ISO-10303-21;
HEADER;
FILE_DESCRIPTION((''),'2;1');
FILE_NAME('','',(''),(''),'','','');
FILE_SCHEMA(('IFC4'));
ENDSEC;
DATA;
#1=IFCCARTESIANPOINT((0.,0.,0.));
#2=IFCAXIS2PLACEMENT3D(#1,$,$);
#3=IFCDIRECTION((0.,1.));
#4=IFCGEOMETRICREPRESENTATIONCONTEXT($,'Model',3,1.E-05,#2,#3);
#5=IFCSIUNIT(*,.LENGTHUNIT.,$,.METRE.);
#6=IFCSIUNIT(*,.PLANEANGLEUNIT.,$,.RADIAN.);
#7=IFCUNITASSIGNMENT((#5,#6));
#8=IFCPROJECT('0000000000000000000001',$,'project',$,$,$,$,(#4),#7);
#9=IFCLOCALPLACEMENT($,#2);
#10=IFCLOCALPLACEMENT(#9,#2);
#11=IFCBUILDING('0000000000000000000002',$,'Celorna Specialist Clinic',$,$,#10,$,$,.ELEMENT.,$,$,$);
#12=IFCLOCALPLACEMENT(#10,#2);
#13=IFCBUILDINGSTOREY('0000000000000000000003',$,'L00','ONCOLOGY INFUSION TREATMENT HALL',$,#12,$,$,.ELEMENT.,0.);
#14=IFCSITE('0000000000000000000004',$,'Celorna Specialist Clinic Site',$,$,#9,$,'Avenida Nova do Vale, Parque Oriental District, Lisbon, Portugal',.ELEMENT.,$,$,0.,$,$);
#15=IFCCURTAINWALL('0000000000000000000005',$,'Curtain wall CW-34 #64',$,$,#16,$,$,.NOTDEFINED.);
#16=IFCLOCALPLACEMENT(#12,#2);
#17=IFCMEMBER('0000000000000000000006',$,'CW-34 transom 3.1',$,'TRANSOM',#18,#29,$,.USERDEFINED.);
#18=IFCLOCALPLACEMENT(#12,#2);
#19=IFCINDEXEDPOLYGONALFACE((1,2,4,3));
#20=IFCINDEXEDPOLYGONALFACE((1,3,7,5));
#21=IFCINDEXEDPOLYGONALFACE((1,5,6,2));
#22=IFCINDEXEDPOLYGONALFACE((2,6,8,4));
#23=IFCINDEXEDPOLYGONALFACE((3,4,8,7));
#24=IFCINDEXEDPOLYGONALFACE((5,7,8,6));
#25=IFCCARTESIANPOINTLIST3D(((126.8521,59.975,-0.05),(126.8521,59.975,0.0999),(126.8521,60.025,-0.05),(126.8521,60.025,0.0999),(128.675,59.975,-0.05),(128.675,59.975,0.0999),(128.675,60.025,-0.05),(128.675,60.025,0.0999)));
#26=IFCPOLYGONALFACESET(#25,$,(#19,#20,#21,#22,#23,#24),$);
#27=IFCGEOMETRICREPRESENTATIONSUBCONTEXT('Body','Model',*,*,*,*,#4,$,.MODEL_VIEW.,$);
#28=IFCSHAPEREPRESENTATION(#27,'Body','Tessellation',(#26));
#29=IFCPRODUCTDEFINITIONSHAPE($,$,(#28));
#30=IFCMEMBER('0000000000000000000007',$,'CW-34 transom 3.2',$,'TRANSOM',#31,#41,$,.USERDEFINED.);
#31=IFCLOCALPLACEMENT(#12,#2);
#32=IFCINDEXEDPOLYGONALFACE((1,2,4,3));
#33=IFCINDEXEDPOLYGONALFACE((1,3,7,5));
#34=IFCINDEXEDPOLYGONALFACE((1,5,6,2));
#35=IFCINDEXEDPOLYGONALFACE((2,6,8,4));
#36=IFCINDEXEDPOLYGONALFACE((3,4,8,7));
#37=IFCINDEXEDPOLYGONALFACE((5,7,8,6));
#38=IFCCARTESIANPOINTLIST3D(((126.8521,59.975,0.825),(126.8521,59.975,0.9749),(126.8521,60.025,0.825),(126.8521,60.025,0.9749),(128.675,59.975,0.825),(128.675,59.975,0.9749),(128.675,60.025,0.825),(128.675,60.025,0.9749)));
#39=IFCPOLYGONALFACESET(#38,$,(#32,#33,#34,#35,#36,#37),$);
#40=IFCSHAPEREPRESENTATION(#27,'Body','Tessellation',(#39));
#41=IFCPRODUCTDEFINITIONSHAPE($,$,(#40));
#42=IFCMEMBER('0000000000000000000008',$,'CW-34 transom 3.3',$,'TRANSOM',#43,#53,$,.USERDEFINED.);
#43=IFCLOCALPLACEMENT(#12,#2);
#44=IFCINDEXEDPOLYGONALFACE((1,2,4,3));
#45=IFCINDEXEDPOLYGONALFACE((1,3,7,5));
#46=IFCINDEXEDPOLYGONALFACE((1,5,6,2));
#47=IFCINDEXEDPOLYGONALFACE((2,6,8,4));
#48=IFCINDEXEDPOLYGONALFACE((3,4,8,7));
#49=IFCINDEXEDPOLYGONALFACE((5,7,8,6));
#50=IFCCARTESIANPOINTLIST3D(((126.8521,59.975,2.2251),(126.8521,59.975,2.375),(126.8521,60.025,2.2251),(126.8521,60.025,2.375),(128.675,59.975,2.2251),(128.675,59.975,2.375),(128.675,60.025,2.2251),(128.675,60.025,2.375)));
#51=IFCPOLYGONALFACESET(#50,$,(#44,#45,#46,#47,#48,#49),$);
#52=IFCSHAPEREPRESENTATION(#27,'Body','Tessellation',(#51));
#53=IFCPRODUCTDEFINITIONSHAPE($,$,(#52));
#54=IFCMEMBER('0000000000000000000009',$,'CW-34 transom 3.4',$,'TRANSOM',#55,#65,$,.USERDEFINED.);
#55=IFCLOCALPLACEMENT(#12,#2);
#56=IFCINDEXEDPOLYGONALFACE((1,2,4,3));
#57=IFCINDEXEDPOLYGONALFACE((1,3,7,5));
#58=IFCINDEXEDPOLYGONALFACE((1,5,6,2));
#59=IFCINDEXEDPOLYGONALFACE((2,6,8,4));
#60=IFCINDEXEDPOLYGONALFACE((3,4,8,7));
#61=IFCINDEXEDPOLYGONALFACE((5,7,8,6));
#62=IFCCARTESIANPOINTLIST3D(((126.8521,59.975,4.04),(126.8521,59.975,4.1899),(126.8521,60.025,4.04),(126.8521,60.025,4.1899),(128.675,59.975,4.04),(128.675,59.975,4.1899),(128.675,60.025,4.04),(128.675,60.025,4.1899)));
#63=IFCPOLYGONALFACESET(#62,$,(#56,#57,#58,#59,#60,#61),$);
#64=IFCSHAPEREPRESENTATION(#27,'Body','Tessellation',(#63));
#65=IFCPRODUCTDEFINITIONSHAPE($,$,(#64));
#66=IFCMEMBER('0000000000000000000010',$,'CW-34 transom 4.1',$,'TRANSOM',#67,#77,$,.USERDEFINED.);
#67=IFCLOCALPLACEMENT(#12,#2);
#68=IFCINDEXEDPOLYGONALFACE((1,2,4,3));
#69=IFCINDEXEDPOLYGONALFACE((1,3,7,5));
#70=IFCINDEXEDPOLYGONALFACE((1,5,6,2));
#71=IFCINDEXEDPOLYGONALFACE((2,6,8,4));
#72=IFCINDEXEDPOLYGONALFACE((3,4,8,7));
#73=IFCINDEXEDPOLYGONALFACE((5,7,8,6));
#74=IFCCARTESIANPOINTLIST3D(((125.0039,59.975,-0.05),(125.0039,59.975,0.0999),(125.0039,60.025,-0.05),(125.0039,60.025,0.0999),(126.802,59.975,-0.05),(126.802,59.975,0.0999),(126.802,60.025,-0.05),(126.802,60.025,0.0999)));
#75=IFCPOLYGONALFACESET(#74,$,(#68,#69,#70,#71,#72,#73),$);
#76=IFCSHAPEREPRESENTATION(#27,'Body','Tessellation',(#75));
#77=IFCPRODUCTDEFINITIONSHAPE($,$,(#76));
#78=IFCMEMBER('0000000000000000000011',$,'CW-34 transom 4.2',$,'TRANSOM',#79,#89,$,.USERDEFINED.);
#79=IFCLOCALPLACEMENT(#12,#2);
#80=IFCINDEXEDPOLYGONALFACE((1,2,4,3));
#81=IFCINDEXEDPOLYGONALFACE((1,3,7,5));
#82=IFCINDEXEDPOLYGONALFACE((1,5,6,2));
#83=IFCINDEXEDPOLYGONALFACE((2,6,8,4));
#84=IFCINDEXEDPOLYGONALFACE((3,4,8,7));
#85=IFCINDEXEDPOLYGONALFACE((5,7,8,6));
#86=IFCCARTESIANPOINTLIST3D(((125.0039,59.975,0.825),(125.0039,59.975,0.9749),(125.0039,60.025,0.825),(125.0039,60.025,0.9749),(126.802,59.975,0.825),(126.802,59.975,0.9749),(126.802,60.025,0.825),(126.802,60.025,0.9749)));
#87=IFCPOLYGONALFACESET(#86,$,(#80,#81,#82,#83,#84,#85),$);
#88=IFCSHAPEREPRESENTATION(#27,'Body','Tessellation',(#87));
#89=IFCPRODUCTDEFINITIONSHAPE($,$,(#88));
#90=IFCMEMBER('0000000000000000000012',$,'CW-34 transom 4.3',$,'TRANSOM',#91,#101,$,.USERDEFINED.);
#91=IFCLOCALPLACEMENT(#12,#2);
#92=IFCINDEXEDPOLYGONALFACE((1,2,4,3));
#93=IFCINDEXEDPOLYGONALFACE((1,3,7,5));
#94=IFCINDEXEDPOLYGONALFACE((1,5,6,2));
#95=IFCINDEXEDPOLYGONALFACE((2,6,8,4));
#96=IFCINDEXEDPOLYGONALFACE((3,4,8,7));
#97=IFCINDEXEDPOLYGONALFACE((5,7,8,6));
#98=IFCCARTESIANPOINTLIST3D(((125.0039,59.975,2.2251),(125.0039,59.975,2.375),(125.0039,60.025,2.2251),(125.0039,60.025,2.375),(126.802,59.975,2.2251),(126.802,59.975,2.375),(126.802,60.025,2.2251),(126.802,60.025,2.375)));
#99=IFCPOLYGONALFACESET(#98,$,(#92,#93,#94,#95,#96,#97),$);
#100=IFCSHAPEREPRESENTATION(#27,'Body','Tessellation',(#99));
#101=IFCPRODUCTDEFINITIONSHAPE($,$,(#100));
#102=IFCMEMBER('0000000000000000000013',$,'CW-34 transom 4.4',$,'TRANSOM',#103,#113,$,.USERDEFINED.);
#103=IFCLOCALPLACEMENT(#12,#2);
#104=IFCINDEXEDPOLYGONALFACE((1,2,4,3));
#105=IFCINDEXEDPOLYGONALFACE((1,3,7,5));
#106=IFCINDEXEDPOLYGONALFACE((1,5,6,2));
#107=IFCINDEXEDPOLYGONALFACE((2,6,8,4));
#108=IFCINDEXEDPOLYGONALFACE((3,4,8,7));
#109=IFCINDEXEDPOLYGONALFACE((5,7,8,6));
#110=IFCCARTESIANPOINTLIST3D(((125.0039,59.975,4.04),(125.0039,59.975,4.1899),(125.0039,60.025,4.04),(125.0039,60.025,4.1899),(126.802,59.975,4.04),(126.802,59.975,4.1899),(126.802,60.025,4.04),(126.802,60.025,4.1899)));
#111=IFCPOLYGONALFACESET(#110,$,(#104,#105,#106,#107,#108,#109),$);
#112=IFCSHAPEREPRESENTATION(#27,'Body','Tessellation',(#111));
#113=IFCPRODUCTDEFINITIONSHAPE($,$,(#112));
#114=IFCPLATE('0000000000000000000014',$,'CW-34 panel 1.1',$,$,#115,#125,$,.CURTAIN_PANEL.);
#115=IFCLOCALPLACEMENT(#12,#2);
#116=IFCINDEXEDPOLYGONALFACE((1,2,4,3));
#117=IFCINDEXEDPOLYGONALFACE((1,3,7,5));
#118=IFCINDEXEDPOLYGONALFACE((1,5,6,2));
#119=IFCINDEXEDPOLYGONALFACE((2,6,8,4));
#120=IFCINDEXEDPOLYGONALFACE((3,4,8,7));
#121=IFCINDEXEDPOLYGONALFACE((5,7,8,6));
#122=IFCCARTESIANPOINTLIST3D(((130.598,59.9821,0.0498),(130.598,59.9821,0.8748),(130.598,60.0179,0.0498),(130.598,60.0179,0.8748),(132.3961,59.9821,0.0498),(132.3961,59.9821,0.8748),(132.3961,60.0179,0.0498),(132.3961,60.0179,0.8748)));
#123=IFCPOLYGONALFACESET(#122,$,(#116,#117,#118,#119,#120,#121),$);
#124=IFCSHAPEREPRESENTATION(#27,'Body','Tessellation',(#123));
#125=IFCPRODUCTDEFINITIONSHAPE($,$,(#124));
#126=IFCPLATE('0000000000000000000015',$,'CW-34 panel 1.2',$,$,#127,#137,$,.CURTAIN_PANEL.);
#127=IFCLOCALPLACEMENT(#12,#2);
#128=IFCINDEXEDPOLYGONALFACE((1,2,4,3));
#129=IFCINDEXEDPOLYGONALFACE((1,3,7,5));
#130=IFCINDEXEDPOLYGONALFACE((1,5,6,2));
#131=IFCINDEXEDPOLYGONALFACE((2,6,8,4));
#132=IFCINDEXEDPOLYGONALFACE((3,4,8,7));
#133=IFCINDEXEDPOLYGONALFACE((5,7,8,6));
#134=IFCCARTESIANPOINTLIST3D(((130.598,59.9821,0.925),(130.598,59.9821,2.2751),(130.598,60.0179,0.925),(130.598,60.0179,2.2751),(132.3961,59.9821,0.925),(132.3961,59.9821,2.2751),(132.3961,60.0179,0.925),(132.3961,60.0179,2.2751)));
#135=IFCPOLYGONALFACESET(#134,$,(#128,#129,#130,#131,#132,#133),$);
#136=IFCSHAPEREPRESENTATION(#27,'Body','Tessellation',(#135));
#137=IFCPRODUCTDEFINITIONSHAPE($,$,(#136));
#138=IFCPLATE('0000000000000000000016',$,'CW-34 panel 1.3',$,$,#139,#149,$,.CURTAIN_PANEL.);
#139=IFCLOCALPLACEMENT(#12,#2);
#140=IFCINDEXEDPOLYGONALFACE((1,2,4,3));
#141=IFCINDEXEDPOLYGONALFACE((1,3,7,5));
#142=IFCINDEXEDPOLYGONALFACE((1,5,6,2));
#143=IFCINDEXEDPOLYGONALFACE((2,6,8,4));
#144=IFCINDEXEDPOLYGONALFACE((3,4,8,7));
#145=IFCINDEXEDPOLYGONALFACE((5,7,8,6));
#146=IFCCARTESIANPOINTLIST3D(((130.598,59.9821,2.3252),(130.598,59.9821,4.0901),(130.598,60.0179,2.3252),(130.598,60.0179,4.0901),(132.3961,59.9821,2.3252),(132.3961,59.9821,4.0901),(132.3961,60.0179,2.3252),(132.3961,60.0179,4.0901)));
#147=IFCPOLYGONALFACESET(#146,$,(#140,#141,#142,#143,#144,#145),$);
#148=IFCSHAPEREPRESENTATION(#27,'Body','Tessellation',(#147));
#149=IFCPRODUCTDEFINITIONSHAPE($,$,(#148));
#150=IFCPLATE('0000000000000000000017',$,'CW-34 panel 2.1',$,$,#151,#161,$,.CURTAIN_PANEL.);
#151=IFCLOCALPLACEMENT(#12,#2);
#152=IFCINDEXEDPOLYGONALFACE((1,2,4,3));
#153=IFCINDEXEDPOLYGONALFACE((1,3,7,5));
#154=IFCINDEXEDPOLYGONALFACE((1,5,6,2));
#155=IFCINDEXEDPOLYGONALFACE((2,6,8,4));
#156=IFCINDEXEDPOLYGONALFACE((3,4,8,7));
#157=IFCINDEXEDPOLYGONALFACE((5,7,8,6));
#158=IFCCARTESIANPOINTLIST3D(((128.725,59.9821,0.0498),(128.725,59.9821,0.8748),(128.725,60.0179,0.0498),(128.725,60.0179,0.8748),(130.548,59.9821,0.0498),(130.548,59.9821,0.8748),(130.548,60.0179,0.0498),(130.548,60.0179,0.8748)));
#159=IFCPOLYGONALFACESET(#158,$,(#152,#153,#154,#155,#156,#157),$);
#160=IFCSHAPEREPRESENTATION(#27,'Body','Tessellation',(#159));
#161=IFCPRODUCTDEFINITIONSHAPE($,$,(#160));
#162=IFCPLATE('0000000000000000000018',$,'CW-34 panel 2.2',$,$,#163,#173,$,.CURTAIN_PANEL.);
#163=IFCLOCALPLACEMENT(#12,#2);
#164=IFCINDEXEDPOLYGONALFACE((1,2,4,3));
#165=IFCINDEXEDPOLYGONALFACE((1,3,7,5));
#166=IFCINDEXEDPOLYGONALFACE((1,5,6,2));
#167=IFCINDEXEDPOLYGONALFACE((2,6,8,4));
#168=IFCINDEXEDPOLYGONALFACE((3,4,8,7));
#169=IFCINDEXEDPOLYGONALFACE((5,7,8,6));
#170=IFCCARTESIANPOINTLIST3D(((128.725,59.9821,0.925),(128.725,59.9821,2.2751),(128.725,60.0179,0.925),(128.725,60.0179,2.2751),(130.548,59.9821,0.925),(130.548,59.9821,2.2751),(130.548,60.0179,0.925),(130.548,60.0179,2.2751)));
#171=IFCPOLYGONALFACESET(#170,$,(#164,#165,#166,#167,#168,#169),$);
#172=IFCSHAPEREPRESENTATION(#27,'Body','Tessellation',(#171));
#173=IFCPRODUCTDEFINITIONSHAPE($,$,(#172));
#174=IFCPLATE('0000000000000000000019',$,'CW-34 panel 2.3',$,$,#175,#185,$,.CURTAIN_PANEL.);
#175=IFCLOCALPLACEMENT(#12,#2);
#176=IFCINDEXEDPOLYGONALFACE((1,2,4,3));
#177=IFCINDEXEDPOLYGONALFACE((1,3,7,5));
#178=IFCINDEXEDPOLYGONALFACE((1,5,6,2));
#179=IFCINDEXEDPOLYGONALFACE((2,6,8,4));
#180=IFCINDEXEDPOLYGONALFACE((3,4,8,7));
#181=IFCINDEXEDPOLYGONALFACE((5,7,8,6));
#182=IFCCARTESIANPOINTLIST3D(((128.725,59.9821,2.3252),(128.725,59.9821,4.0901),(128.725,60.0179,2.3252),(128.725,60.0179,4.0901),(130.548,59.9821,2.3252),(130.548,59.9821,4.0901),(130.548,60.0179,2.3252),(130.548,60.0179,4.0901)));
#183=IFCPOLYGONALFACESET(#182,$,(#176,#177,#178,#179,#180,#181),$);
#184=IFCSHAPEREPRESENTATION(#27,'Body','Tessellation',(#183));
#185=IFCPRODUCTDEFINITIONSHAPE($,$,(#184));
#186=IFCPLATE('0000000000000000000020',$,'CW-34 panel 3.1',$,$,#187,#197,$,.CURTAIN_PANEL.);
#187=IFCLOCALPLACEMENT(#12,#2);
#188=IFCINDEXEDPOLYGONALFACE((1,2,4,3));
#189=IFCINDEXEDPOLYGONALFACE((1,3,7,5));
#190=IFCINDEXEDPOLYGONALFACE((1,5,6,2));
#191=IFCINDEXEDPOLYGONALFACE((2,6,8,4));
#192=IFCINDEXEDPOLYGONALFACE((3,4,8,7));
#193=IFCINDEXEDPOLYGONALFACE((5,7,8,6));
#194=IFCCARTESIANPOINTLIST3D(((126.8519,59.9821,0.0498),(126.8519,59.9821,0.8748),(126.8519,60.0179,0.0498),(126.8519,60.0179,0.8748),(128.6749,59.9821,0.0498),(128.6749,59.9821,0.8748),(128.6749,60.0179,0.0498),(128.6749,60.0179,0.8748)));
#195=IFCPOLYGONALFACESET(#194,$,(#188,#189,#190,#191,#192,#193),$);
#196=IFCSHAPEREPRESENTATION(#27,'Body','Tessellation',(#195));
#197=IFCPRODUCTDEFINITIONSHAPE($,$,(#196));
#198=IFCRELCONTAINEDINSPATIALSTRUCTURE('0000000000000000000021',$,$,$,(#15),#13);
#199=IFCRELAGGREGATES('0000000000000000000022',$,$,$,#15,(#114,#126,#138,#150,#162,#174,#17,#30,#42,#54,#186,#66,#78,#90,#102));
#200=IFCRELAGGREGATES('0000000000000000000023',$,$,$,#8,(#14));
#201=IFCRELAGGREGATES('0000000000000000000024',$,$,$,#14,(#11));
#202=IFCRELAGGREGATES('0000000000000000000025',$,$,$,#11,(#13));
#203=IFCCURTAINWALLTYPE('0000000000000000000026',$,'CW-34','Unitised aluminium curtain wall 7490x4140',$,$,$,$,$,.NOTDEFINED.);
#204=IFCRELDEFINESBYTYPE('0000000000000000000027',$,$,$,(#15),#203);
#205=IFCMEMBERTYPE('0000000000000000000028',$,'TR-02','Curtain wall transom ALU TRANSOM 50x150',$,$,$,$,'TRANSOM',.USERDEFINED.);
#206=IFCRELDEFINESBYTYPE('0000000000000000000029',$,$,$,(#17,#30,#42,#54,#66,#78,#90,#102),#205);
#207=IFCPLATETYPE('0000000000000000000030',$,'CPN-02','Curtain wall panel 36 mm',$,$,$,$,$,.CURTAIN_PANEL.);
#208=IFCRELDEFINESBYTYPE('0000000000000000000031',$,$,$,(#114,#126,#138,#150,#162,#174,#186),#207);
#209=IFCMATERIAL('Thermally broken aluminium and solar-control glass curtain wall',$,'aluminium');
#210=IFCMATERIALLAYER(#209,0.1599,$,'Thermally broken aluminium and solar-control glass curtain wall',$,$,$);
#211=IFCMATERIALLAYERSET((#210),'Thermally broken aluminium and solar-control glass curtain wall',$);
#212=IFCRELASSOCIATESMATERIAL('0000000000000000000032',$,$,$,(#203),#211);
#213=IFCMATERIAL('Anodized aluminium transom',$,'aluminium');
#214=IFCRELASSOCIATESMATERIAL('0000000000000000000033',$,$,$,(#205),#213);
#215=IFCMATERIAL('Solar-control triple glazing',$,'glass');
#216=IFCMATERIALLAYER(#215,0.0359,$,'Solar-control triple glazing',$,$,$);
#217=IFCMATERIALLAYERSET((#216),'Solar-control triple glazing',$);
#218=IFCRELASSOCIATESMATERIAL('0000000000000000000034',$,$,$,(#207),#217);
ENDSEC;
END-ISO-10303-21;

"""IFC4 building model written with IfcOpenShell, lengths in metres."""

from ifc_helpers import new_model, si_unit, direction, frame, origin, origin_2d, place, context, subcontext, project, spatial, rectangle, extrude, material, layer, layer_set, material_profile, profile_set, type_object, element, aggregate, save


model = new_model("IFC4")

# Units and contexts
model_context = context("Model", 3, precision=1e-05, world=origin(), true_north=direction((0.0, 1.0)))
body_context = subcontext(model_context, "Body", "Model", "MODEL_VIEW")
ifc_project = project(units=[si_unit("LENGTHUNIT", "METRE"), si_unit("PLANEANGLEUNIT", "RADIAN")], contexts=[model_context])

# Site, building, storey
site_placement = place(None, origin())
site = spatial("IfcSite", under=ifc_project, at=site_placement, Name="Celorna Specialist Clinic Site", LongName="Avenida Nova do Vale, Parque Oriental District, Lisbon, Portugal", CompositionType="ELEMENT", RefElevation=0.0)
building_placement = place(site_placement, origin())
building = spatial("IfcBuilding", under=site, at=building_placement, Name="Celorna Specialist Clinic", CompositionType="ELEMENT")
storey_placement = place(building_placement, origin())
storey = spatial("IfcBuildingStorey", under=building, at=storey_placement, Name="L00", Description="ONCOLOGY INFUSION TREATMENT HALL", CompositionType="ELEMENT", Elevation=0.0)

# Curtain wall, members, plates
ifc_material_1 = material(Name="Thermally broken aluminium and solar-control glass curtain wall", Category="aluminium")
ifc_layer_1 = layer(ifc_material_1, 0.1599, Name="Thermally broken aluminium and solar-control glass curtain wall")
ifc_layer_set_1 = layer_set([ifc_layer_1], Name="Thermally broken aluminium and solar-control glass curtain wall")
curtain_wall_type = type_object("IfcCurtainWallType", Name="CW-34", Description="Unitised aluminium curtain wall 7490x4140", PredefinedType="NOTDEFINED", material=ifc_layer_set_1)
curtain_wall_placement = place(storey_placement, origin())
curtain_wall = element("IfcCurtainWall", 1, at=curtain_wall_placement, inside=storey, type_object=curtain_wall_type, Name="Curtain wall CW-34 #64", PredefinedType="NOTDEFINED")
ifc_material_2 = material(Name="Anodized aluminium transom", Category="aluminium")
ifc_material_profile_1 = material_profile(ifc_material_2, rectangle(XDim=0.05, YDim=0.1499, at=origin_2d()), Name="ALU TRANSOM 50x150")
ifc_profile_set_1 = profile_set([ifc_material_profile_1], Name="Anodized aluminium transom")
member_type_1 = type_object("IfcMemberType", Name="TR-02", Description="Curtain wall transom ALU TRANSOM 50x150", ElementType="TRANSOM", PredefinedType="USERDEFINED", material=ifc_profile_set_1)
member_1_placement = place(storey_placement, frame((128.675, 60.0, 0.0249), z_axis=(-1.0, 0.0, 0.0), x_axis=(0.0, -1.0, 0.0)))
member_1 = element("IfcMember", 2, at=member_1_placement, type_object=member_type_1, Name="CW-34 transom 3.1", ObjectType="TRANSOM", PredefinedType="USERDEFINED", context=body_context, shape_type="SweptSolid", body=[
    extrude(rectangle(XDim=0.05, YDim=0.1499, at=origin_2d()), origin(), (0.0, 0.0, 1.0), 1.823),
])
member_2_placement = place(storey_placement, frame((128.675, 60.0, 0.8999), z_axis=(-1.0, 0.0, 0.0), x_axis=(0.0, -1.0, 0.0)))
member_2 = element("IfcMember", 3, at=member_2_placement, type_object=member_type_1, Name="CW-34 transom 3.2", ObjectType="TRANSOM", PredefinedType="USERDEFINED", context=body_context, shape_type="SweptSolid", body=[
    extrude(rectangle(XDim=0.05, YDim=0.1499, at=origin_2d()), origin(), (0.0, 0.0, 1.0), 1.823),
])
member_3_placement = place(storey_placement, frame((128.675, 60.0, 2.3), z_axis=(-1.0, 0.0, 0.0), x_axis=(0.0, -1.0, 0.0)))
member_3 = element("IfcMember", 4, at=member_3_placement, type_object=member_type_1, Name="CW-34 transom 3.3", ObjectType="TRANSOM", PredefinedType="USERDEFINED", context=body_context, shape_type="SweptSolid", body=[
    extrude(rectangle(XDim=0.05, YDim=0.1499, at=origin_2d()), origin(), (0.0, 0.0, 1.0), 1.823),
])
member_4_placement = place(storey_placement, frame((128.675, 60.0, 4.115), z_axis=(-1.0, 0.0, 0.0), x_axis=(0.0, -1.0, 0.0)))
member_4 = element("IfcMember", 5, at=member_4_placement, type_object=member_type_1, Name="CW-34 transom 3.4", ObjectType="TRANSOM", PredefinedType="USERDEFINED", context=body_context, shape_type="SweptSolid", body=[
    extrude(rectangle(XDim=0.05, YDim=0.1499, at=origin_2d()), origin(), (0.0, 0.0, 1.0), 1.823),
])
member_5_placement = place(storey_placement, frame((126.802, 60.0, 0.0249), z_axis=(-1.0, 0.0, 0.0), x_axis=(0.0, -1.0, 0.0)))
member_5 = element("IfcMember", 6, at=member_5_placement, type_object=member_type_1, Name="CW-34 transom 4.1", ObjectType="TRANSOM", PredefinedType="USERDEFINED", context=body_context, shape_type="SweptSolid", body=[
    extrude(rectangle(XDim=0.05, YDim=0.1499, at=origin_2d()), origin(), (0.0, 0.0, 1.0), 1.7981),
])
member_6_placement = place(storey_placement, frame((126.802, 60.0, 0.8999), z_axis=(-1.0, 0.0, 0.0), x_axis=(0.0, -1.0, 0.0)))
member_6 = element("IfcMember", 7, at=member_6_placement, type_object=member_type_1, Name="CW-34 transom 4.2", ObjectType="TRANSOM", PredefinedType="USERDEFINED", context=body_context, shape_type="SweptSolid", body=[
    extrude(rectangle(XDim=0.05, YDim=0.1499, at=origin_2d()), origin(), (0.0, 0.0, 1.0), 1.7981),
])
member_7_placement = place(storey_placement, frame((126.802, 60.0, 2.3), z_axis=(-1.0, 0.0, 0.0), x_axis=(0.0, -1.0, 0.0)))
member_7 = element("IfcMember", 8, at=member_7_placement, type_object=member_type_1, Name="CW-34 transom 4.3", ObjectType="TRANSOM", PredefinedType="USERDEFINED", context=body_context, shape_type="SweptSolid", body=[
    extrude(rectangle(XDim=0.05, YDim=0.1499, at=origin_2d()), origin(), (0.0, 0.0, 1.0), 1.7981),
])
member_8_placement = place(storey_placement, frame((126.802, 60.0, 4.115), z_axis=(-1.0, 0.0, 0.0), x_axis=(0.0, -1.0, 0.0)))
member_8 = element("IfcMember", 9, at=member_8_placement, type_object=member_type_1, Name="CW-34 transom 4.4", ObjectType="TRANSOM", PredefinedType="USERDEFINED", context=body_context, shape_type="SweptSolid", body=[
    extrude(rectangle(XDim=0.05, YDim=0.1499, at=origin_2d()), origin(), (0.0, 0.0, 1.0), 1.7981),
])
ifc_material_3 = material(Name="Solar-control triple glazing", Category="glass")
ifc_layer_2 = layer(ifc_material_3, 0.0359, Name="Solar-control triple glazing")
ifc_layer_set_2 = layer_set([ifc_layer_2], Name="Solar-control triple glazing")
plate_type = type_object("IfcPlateType", Name="CPN-02", Description="Curtain wall panel 36 mm", PredefinedType="CURTAIN_PANEL", material=ifc_layer_set_2)
plate_1_placement = place(storey_placement, frame((131.4971, 60.0, 0.0498), z_axis=(0.0, 0.0, 1.0), x_axis=(-1.0, 0.0, 0.0)))
plate_1 = element("IfcPlate", 10, at=plate_1_placement, type_object=plate_type, Name="CW-34 panel 1.1", PredefinedType="CURTAIN_PANEL", context=body_context, shape_type="SweptSolid", body=[
    extrude(rectangle(XDim=1.7981, YDim=0.0359, at=origin_2d()), origin(), (0.0, 0.0, 1.0), 0.825),
])
plate_2_placement = place(storey_placement, frame((131.4971, 60.0, 0.925), z_axis=(0.0, 0.0, 1.0), x_axis=(-1.0, 0.0, 0.0)))
plate_2 = element("IfcPlate", 11, at=plate_2_placement, type_object=plate_type, Name="CW-34 panel 1.2", PredefinedType="CURTAIN_PANEL", context=body_context, shape_type="SweptSolid", body=[
    extrude(rectangle(XDim=1.7981, YDim=0.0359, at=origin_2d()), origin(), (0.0, 0.0, 1.0), 1.3501),
])
plate_3_placement = place(storey_placement, frame((131.4971, 60.0, 2.3252), z_axis=(0.0, 0.0, 1.0), x_axis=(-1.0, 0.0, 0.0)))
plate_3 = element("IfcPlate", 12, at=plate_3_placement, type_object=plate_type, Name="CW-34 panel 1.3", PredefinedType="CURTAIN_PANEL", context=body_context, shape_type="SweptSolid", body=[
    extrude(rectangle(XDim=1.7981, YDim=0.0359, at=origin_2d()), origin(), (0.0, 0.0, 1.0), 1.7649),
])
plate_4_placement = place(storey_placement, frame((129.6365, 60.0, 0.0498), z_axis=(0.0, 0.0, 1.0), x_axis=(-1.0, 0.0, 0.0)))
plate_4 = element("IfcPlate", 13, at=plate_4_placement, type_object=plate_type, Name="CW-34 panel 2.1", PredefinedType="CURTAIN_PANEL", context=body_context, shape_type="SweptSolid", body=[
    extrude(rectangle(XDim=1.823, YDim=0.0359, at=origin_2d()), origin(), (0.0, 0.0, 1.0), 0.825),
])
plate_5_placement = place(storey_placement, frame((129.6365, 60.0, 0.925), z_axis=(0.0, 0.0, 1.0), x_axis=(-1.0, 0.0, 0.0)))
plate_5 = element("IfcPlate", 14, at=plate_5_placement, type_object=plate_type, Name="CW-34 panel 2.2", PredefinedType="CURTAIN_PANEL", context=body_context, shape_type="SweptSolid", body=[
    extrude(rectangle(XDim=1.823, YDim=0.0359, at=origin_2d()), origin(), (0.0, 0.0, 1.0), 1.3501),
])
plate_6_placement = place(storey_placement, frame((129.6365, 60.0, 2.3252), z_axis=(0.0, 0.0, 1.0), x_axis=(-1.0, 0.0, 0.0)))
plate_6 = element("IfcPlate", 15, at=plate_6_placement, type_object=plate_type, Name="CW-34 panel 2.3", PredefinedType="CURTAIN_PANEL", context=body_context, shape_type="SweptSolid", body=[
    extrude(rectangle(XDim=1.823, YDim=0.0359, at=origin_2d()), origin(), (0.0, 0.0, 1.0), 1.7649),
])
plate_7_placement = place(storey_placement, frame((127.7634, 60.0, 0.0498), z_axis=(0.0, 0.0, 1.0), x_axis=(-1.0, 0.0, 0.0)))
plate_7 = element("IfcPlate", 16, at=plate_7_placement, type_object=plate_type, Name="CW-34 panel 3.1", PredefinedType="CURTAIN_PANEL", context=body_context, shape_type="SweptSolid", body=[
    extrude(rectangle(XDim=1.823, YDim=0.0359, at=origin_2d()), origin(), (0.0, 0.0, 1.0), 0.825),
])
aggregate(curtain_wall, [plate_1, plate_2, plate_3, plate_4, plate_5, plate_6, member_1, member_2, member_3, member_4, plate_7, member_5, member_6, member_7, member_8])

save(model, "model.ifc")
